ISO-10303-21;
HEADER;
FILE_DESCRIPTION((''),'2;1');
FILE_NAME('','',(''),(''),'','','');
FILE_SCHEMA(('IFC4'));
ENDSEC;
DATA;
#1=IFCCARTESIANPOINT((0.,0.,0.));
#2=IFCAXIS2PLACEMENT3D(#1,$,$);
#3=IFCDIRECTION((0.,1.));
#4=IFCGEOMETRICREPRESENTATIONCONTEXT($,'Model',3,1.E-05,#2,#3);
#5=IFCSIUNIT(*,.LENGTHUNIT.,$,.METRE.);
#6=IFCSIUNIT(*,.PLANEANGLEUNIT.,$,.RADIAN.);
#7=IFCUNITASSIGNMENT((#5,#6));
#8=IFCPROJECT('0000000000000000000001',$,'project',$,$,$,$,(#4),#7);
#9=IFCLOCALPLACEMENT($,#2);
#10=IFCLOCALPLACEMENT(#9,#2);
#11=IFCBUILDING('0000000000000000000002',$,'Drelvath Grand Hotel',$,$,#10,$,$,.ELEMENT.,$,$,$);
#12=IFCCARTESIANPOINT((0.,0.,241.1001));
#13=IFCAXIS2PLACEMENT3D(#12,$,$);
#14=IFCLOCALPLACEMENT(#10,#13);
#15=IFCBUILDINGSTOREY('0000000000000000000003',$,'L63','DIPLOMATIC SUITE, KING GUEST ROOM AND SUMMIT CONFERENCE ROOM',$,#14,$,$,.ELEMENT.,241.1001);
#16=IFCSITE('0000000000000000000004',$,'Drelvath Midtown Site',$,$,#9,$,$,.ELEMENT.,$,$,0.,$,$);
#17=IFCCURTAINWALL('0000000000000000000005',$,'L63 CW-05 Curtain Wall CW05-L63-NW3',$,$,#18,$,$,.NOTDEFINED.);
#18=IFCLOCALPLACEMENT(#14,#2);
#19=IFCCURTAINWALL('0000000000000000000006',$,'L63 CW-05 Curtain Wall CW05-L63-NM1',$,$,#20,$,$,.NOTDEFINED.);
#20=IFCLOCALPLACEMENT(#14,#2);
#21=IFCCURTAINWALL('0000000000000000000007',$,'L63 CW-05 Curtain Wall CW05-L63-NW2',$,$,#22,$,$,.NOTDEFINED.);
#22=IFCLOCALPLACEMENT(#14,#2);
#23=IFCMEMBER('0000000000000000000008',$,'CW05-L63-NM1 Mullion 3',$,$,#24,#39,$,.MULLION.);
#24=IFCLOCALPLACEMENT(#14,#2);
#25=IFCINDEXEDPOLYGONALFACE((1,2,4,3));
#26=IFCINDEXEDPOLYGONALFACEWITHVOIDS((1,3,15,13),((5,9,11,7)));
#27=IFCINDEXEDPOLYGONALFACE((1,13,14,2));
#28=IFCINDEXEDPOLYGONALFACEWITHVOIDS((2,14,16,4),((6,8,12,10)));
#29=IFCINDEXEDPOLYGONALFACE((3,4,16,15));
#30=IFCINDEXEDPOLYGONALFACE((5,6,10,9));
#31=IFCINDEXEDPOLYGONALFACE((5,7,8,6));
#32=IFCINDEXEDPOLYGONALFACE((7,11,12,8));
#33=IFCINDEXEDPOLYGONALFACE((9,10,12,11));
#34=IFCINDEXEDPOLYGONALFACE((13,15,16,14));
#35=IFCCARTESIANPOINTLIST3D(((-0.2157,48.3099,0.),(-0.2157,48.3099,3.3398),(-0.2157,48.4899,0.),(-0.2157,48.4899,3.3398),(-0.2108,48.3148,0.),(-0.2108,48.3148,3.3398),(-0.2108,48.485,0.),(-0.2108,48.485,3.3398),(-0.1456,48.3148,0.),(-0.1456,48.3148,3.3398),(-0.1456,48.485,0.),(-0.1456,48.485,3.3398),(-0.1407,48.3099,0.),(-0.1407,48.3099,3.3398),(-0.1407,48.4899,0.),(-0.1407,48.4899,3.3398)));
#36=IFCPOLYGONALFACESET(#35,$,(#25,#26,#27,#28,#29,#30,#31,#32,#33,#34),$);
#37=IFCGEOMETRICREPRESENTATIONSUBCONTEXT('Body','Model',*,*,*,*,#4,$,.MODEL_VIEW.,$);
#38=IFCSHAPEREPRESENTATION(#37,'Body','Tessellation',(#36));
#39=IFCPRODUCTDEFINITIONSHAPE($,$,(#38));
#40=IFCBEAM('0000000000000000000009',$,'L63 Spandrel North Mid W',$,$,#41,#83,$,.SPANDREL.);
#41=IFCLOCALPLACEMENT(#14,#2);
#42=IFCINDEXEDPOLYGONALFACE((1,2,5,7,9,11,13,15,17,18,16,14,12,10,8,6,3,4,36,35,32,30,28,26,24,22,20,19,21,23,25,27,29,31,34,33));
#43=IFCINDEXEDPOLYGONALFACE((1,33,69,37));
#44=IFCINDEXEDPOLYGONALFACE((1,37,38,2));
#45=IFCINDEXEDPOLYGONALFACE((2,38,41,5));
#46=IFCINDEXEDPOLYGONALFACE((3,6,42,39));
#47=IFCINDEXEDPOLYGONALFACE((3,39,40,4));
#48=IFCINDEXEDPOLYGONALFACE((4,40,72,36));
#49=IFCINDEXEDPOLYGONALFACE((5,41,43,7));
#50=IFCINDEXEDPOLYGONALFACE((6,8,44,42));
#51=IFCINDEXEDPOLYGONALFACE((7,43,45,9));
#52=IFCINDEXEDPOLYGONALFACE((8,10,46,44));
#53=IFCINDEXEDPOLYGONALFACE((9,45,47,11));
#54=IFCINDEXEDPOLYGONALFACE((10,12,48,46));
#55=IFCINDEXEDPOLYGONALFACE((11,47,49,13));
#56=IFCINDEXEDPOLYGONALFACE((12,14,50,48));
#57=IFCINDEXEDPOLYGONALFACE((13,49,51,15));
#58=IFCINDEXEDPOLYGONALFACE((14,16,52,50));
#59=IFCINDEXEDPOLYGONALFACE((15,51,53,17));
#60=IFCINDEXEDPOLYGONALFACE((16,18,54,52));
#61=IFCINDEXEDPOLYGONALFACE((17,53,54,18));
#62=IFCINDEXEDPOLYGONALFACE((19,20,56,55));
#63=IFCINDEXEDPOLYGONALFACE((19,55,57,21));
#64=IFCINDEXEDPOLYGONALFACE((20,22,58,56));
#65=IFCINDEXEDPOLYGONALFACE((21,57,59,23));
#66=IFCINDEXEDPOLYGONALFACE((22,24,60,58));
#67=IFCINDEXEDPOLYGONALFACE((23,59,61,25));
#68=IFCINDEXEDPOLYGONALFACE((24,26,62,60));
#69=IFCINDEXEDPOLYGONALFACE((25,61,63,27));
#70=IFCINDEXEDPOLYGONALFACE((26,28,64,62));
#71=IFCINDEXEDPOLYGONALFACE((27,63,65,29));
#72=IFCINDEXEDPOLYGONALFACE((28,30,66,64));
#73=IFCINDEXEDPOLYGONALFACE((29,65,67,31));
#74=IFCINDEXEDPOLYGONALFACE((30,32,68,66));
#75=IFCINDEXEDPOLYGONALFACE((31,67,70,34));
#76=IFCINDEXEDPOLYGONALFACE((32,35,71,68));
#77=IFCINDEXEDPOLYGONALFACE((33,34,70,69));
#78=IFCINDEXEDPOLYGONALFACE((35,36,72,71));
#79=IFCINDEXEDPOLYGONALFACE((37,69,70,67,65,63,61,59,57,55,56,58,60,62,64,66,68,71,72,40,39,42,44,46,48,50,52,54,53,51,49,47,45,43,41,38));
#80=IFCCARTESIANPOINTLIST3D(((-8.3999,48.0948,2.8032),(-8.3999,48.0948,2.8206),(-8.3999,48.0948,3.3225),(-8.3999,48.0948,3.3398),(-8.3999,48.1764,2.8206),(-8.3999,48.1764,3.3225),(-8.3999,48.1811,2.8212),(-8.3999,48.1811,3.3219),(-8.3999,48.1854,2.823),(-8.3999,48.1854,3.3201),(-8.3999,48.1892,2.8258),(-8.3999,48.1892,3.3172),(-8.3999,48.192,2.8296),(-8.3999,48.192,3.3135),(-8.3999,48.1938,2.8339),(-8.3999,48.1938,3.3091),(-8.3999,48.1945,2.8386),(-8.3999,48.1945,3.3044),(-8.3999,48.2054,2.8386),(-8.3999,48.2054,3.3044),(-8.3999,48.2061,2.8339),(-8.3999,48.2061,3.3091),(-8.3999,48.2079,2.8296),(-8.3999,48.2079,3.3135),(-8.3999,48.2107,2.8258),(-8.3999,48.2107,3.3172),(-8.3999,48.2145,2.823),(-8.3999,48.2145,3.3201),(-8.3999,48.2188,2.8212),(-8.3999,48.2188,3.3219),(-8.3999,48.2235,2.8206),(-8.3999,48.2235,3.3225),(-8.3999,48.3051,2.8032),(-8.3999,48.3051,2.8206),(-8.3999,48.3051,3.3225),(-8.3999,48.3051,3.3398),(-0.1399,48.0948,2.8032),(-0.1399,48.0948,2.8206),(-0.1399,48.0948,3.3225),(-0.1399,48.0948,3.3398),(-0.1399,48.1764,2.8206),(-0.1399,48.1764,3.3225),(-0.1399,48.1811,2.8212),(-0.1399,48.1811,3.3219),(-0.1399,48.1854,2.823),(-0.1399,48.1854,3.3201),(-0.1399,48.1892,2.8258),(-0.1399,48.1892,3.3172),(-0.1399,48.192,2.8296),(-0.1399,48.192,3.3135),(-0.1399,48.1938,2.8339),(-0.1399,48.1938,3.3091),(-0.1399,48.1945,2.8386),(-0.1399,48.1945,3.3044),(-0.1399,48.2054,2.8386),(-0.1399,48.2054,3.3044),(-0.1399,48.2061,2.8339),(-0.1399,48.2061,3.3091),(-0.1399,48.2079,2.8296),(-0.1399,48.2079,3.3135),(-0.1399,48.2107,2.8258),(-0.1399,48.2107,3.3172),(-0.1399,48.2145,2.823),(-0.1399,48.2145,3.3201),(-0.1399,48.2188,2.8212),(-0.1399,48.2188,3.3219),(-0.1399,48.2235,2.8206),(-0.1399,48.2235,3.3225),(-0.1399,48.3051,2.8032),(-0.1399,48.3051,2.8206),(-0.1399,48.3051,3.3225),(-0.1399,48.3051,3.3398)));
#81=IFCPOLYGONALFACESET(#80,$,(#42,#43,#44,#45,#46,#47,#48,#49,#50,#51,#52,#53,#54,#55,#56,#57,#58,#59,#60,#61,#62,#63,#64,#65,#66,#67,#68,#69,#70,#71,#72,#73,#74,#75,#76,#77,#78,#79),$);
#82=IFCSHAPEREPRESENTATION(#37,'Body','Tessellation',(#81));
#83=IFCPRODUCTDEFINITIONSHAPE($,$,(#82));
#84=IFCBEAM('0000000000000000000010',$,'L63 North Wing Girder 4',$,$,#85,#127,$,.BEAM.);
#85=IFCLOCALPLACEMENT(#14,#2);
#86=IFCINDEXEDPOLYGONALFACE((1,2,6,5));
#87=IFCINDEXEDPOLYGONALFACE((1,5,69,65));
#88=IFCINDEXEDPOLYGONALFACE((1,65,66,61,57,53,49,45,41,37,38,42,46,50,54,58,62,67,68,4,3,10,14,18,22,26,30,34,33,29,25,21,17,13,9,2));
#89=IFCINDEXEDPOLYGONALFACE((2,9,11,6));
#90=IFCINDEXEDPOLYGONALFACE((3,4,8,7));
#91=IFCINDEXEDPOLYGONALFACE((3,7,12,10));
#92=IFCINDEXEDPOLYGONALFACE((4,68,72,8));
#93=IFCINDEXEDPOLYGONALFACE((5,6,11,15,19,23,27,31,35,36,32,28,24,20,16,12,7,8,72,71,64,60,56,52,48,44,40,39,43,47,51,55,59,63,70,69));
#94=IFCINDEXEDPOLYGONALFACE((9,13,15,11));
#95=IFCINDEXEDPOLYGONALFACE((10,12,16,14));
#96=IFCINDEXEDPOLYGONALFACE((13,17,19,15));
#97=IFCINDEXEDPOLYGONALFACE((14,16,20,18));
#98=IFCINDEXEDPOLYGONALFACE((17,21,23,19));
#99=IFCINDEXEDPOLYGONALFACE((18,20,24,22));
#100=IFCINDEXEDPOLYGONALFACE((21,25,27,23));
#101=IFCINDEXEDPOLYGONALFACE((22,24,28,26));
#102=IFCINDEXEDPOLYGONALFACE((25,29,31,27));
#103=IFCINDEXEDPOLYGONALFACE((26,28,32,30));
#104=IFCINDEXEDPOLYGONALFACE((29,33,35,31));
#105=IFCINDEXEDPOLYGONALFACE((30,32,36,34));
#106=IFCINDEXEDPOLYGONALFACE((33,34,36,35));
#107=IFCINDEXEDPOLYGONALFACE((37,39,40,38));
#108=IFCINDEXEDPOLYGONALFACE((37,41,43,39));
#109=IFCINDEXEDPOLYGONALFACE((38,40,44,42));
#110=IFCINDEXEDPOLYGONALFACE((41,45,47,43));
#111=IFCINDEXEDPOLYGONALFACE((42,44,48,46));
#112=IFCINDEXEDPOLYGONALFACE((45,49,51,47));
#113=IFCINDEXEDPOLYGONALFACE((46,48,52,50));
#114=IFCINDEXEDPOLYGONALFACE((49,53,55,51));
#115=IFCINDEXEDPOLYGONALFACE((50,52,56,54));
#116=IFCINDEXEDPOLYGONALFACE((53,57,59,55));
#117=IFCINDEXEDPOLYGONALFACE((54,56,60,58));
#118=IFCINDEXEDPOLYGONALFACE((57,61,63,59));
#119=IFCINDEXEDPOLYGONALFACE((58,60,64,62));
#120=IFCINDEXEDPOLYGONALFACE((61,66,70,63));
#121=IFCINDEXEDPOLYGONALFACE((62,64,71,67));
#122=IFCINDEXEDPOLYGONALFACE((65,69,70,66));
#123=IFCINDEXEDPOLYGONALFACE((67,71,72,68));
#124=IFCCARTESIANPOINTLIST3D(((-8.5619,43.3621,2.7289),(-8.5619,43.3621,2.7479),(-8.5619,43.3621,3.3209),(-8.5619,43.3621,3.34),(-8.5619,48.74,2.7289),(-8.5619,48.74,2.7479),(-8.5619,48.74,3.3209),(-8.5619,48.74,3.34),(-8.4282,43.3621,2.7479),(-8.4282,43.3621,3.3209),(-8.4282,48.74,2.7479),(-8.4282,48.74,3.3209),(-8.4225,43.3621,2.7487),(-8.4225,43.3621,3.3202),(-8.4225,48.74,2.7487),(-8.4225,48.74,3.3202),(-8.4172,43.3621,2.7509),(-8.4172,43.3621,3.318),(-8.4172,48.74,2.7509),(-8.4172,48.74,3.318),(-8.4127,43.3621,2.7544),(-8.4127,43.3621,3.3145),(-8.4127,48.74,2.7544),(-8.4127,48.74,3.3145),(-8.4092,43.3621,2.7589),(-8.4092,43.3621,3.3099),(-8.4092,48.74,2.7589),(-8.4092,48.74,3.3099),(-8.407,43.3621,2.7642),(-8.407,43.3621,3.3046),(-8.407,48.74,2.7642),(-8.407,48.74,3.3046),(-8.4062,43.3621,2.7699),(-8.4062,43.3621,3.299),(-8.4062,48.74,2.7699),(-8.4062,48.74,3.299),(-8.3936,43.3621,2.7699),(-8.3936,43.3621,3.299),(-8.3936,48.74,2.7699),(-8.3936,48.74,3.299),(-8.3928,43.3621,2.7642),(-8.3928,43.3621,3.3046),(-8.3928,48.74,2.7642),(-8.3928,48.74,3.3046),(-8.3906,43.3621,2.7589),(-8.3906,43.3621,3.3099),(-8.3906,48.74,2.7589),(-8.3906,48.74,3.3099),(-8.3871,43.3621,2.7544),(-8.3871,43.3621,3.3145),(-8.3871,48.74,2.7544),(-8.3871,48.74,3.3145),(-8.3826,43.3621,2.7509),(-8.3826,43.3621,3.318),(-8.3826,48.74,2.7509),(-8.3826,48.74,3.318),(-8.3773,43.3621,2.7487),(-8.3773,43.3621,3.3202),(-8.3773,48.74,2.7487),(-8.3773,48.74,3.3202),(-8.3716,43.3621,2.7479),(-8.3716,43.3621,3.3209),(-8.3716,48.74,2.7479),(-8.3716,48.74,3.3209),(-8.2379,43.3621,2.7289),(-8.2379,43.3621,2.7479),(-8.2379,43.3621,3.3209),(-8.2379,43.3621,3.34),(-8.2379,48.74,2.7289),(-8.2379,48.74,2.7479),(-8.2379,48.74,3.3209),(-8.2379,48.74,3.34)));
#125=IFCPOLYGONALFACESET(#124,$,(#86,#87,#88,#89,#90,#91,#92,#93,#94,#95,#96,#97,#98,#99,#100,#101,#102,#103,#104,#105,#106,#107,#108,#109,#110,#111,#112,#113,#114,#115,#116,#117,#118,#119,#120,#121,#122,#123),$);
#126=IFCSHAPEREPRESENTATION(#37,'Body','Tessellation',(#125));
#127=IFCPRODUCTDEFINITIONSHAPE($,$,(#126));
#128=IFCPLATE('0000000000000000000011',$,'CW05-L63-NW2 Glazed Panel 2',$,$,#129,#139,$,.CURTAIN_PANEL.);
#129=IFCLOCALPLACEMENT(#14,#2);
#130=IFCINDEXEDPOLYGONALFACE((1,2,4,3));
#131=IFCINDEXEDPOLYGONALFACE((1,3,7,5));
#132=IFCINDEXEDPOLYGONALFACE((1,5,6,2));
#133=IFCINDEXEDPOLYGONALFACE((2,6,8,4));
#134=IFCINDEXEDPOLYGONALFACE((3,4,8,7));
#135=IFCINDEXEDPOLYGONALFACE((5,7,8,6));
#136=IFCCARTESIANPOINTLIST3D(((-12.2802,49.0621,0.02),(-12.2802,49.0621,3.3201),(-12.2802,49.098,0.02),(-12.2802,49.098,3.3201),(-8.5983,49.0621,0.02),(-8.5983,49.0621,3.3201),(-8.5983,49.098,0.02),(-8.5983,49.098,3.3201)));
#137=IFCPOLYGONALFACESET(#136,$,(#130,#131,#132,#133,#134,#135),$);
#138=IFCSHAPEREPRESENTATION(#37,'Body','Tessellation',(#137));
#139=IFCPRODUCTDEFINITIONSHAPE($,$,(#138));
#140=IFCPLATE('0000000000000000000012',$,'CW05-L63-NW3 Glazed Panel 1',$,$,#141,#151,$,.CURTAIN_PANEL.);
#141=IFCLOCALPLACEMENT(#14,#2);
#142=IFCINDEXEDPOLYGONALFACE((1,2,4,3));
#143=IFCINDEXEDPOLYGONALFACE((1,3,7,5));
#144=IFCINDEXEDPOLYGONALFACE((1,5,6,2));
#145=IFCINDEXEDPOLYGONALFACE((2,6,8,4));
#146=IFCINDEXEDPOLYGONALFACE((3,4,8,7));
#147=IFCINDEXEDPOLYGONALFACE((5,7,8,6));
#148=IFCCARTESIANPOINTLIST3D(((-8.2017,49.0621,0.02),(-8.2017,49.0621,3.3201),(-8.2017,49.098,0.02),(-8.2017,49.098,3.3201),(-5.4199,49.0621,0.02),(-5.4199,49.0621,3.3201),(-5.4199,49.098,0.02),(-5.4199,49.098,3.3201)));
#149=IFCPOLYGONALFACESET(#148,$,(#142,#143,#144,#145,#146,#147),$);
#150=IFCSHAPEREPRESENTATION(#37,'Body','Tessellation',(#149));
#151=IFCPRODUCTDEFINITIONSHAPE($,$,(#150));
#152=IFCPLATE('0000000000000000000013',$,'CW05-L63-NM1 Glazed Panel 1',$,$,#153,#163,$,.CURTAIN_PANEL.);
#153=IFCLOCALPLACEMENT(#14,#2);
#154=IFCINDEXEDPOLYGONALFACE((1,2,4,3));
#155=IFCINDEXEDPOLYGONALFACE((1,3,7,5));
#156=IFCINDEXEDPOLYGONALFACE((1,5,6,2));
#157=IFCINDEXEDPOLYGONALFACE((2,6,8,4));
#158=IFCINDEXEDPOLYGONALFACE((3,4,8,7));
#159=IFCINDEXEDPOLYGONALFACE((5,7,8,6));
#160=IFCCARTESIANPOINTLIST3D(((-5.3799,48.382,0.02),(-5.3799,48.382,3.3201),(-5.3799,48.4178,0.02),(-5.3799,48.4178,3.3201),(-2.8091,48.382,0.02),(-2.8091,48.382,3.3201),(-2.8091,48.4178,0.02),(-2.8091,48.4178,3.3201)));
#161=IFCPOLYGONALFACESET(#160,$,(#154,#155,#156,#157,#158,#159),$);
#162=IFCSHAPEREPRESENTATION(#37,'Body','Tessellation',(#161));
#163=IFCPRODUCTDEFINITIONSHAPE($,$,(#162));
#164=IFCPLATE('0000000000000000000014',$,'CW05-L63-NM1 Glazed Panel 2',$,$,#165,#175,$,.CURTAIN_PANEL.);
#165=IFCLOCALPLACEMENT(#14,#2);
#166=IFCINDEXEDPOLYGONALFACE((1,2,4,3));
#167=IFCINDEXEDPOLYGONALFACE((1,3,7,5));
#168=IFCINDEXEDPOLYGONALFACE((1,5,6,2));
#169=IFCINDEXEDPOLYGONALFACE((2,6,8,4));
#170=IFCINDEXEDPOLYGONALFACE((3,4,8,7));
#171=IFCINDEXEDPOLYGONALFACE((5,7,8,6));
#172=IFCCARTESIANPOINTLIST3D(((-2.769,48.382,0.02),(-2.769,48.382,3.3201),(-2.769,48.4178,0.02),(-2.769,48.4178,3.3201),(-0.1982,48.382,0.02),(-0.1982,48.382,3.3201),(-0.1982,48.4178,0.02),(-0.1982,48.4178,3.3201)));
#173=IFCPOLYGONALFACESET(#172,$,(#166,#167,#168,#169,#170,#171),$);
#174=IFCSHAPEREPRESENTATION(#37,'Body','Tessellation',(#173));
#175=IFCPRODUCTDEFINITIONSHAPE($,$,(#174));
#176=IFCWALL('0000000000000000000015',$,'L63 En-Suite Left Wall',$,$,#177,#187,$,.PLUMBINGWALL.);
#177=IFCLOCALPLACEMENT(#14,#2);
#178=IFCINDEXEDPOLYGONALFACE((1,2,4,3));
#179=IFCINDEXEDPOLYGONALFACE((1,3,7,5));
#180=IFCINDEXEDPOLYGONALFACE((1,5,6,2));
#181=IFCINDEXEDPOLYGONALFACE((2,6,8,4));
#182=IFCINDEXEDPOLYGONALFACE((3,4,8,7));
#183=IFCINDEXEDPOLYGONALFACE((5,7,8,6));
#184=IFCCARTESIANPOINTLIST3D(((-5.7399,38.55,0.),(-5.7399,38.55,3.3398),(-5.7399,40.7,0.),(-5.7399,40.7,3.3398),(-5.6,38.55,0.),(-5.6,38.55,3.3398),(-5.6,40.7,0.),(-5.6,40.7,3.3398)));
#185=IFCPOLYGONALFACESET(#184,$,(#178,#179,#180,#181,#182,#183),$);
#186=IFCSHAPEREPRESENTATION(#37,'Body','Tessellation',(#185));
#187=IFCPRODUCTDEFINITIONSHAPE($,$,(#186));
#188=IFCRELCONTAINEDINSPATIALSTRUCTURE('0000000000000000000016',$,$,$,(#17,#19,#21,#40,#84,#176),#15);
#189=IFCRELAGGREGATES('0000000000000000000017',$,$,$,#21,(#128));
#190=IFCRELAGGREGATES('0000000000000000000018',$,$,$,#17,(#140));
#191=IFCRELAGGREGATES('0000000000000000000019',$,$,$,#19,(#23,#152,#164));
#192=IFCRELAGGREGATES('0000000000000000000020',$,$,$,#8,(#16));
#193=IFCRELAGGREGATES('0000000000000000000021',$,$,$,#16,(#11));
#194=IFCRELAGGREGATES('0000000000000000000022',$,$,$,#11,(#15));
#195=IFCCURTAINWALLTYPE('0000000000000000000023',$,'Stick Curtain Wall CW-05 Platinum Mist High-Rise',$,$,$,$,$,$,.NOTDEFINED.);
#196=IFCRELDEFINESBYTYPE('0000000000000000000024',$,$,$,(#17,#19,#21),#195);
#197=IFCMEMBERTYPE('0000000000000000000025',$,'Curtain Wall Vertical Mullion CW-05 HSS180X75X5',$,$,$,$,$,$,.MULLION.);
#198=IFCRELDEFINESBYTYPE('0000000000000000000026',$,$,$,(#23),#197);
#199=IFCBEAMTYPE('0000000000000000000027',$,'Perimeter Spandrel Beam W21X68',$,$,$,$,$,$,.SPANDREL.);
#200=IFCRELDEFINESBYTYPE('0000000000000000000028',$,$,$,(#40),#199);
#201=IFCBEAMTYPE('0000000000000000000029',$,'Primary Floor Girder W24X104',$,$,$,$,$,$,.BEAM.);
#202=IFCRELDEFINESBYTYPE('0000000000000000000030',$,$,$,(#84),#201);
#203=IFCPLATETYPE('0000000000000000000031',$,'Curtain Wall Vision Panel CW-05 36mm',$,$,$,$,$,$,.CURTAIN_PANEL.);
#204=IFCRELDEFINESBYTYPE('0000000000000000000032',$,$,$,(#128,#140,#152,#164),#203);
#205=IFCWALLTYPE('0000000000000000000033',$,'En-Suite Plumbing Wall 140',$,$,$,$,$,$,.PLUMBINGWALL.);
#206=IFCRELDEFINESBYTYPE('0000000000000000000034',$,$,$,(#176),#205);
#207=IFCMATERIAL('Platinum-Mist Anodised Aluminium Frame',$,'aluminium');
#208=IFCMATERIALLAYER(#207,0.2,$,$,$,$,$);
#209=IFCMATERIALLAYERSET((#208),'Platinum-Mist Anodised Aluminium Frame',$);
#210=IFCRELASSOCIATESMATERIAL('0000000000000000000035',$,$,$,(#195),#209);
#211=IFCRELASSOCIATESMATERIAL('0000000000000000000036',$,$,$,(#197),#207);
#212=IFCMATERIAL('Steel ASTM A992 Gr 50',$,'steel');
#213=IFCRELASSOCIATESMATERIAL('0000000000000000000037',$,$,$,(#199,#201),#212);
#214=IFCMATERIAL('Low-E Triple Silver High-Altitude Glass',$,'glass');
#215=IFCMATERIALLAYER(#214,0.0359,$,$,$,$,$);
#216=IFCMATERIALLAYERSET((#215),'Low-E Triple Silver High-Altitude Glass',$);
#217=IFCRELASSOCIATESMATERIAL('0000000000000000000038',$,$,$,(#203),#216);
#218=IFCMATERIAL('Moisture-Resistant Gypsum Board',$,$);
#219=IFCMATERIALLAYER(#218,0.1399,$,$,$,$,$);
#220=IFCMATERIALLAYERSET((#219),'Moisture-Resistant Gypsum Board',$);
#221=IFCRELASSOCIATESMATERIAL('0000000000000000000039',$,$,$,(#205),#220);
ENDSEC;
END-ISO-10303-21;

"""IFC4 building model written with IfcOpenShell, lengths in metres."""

from ifc_helpers import new_model, si_unit, direction, frame, frame_2d, origin, origin_2d, place, context, subcontext, project, spatial, rectangle, hollow_rectangle, i_section, extrude, material, layer, layer_set, material_profile, profile_set, type_object, element, aggregate, save


model = new_model("IFC4")

# Units and contexts
model_context = context("Model", 3, precision=1e-05, world=origin(), true_north=direction((0.0, 1.0)))
body_context = subcontext(model_context, "Body", "Model", "MODEL_VIEW")
ifc_project = project(units=[si_unit("LENGTHUNIT", "METRE"), si_unit("PLANEANGLEUNIT", "RADIAN")], contexts=[model_context])

# Site, building, storey
site_placement = place(None, origin())
site = spatial("IfcSite", under=ifc_project, at=site_placement, Name="Drelvath Midtown Site", CompositionType="ELEMENT", RefElevation=0.0)
building_placement = place(site_placement, origin())
building = spatial("IfcBuilding", under=site, at=building_placement, Name="Drelvath Grand Hotel", CompositionType="ELEMENT")
storey_placement = place(building_placement, frame((0.0, 0.0, 241.1001)))
storey = spatial("IfcBuildingStorey", under=building, at=storey_placement, Name="L63", Description="DIPLOMATIC SUITE, KING GUEST ROOM AND SUMMIT CONFERENCE ROOM", CompositionType="ELEMENT", Elevation=241.1001)

# Curtain walls
ifc_material_1 = material(Name="Platinum-Mist Anodised Aluminium Frame", Category="aluminium")
ifc_layer_1 = layer(ifc_material_1, 0.2)
ifc_layer_set_1 = layer_set([ifc_layer_1], Name="Platinum-Mist Anodised Aluminium Frame")
curtain_wall_type = type_object("IfcCurtainWallType", Name="Stick Curtain Wall CW-05 Platinum Mist High-Rise", PredefinedType="NOTDEFINED", material=ifc_layer_set_1)
curtain_wall_1_placement = place(storey_placement, origin())
curtain_wall_1 = element("IfcCurtainWall", 1, at=curtain_wall_1_placement, inside=storey, type_object=curtain_wall_type, Name="L63 CW-05 Curtain Wall CW05-L63-NW3", PredefinedType="NOTDEFINED")
curtain_wall_2_placement = place(storey_placement, origin())
curtain_wall_2 = element("IfcCurtainWall", 2, at=curtain_wall_2_placement, inside=storey, type_object=curtain_wall_type, Name="L63 CW-05 Curtain Wall CW05-L63-NM1", PredefinedType="NOTDEFINED")

# Curtain wall
curtain_wall_3_placement = place(storey_placement, origin())
curtain_wall_3 = element("IfcCurtainWall", 3, at=curtain_wall_3_placement, inside=storey, type_object=curtain_wall_type, Name="L63 CW-05 Curtain Wall CW05-L63-NW2", PredefinedType="NOTDEFINED")
ifc_material_profile_1 = material_profile(ifc_material_1, hollow_rectangle(XDim=0.075, YDim=0.1799, WallThickness=0.0049, at=origin_2d()), Name="HSS180X75X5")
ifc_profile_set_1 = profile_set([ifc_material_profile_1], Name="Platinum-Mist Anodised Aluminium Frame")
member_type_1 = type_object("IfcMemberType", Name="Curtain Wall Vertical Mullion CW-05 HSS180X75X5", PredefinedType="MULLION", material=ifc_profile_set_1)

# Member
member_1_placement = place(storey_placement, frame((-0.1782, 48.3999, 0.0), z_axis=(0.0, 0.0, 1.0), x_axis=(1.0, 0.0, 0.0)))
member_1 = element("IfcMember", 4, at=member_1_placement, type_object=member_type_1, Name="CW05-L63-NM1 Mullion 3", PredefinedType="MULLION", context=body_context, shape_type="SweptSolid", body=[
    extrude(hollow_rectangle(XDim=0.075, YDim=0.1799, WallThickness=0.0049, at=origin_2d()), origin(), (0.0, 0.0, 1.0), 3.3398),
])

# Beams
ifc_material_2 = material(Name="Steel ASTM A992 Gr 50", Category="steel")
ifc_material_profile_2 = material_profile(ifc_material_2, i_section(OverallWidth=0.2102, OverallDepth=0.5366, WebThickness=0.011, FlangeThickness=0.0173, FilletRadius=0.0181, at=origin_2d()), Name="W21X68")
ifc_profile_set_2 = profile_set([ifc_material_profile_2], Name="Steel ASTM A992 Gr 50")
beam_type_1 = type_object("IfcBeamType", Name="Perimeter Spandrel Beam W21X68", PredefinedType="SPANDREL", material=ifc_profile_set_2)
beam_1_placement = place(storey_placement, frame((-8.3999, 48.2, 3.0715), z_axis=(1.0, 0.0, 0.0), x_axis=(0.0, 1.0, 0.0)))
element("IfcBeam", 5, at=beam_1_placement, inside=storey, type_object=beam_type_1, Name="L63 Spandrel North Mid W", PredefinedType="SPANDREL", context=body_context, shape_type="SweptSolid", body=[
    extrude(i_section(OverallWidth=0.2102, OverallDepth=0.5366, WebThickness=0.011, FlangeThickness=0.0173, FilletRadius=0.0181, at=origin_2d()), origin(), (0.0, 0.0, 1.0), 8.26),
])
ifc_material_profile_3 = material_profile(ifc_material_2, i_section(OverallWidth=0.324, OverallDepth=0.6111, WebThickness=0.0127, FlangeThickness=0.019, FilletRadius=0.022, at=origin_2d()), Name="W24X104")
ifc_profile_set_3 = profile_set([ifc_material_profile_3], Name="Steel ASTM A992 Gr 50")
beam_type_2 = type_object("IfcBeamType", Name="Primary Floor Girder W24X104", PredefinedType="BEAM", material=ifc_profile_set_3)
beam_2_placement = place(storey_placement, frame((-8.3999, 43.3621, 3.0344), z_axis=(0.0, 1.0, 0.0), x_axis=(-1.0, 0.0, 0.0)))
element("IfcBeam", 6, at=beam_2_placement, inside=storey, type_object=beam_type_2, Name="L63 North Wing Girder 4", PredefinedType="BEAM", context=body_context, shape_type="SweptSolid", body=[
    extrude(i_section(OverallWidth=0.324, OverallDepth=0.6111, WebThickness=0.0127, FlangeThickness=0.019, FilletRadius=0.022, at=origin_2d()), origin(), (0.0, 0.0, 1.0), 5.3779),
])

# Plates
ifc_material_3 = material(Name="Low-E Triple Silver High-Altitude Glass", Category="glass")
ifc_layer_2 = layer(ifc_material_3, 0.0359)
ifc_layer_set_2 = layer_set([ifc_layer_2], Name="Low-E Triple Silver High-Altitude Glass")
plate_type = type_object("IfcPlateType", Name="Curtain Wall Vision Panel CW-05 36mm", PredefinedType="CURTAIN_PANEL", material=ifc_layer_set_2)
plate_1_placement = place(storey_placement, frame((-10.4392, 49.0801, 0.02), z_axis=(0.0, 0.0, 1.0), x_axis=(1.0, 0.0, 0.0)))
plate_1 = element("IfcPlate", 7, at=plate_1_placement, type_object=plate_type, Name="CW05-L63-NW2 Glazed Panel 2", PredefinedType="CURTAIN_PANEL", context=body_context, shape_type="SweptSolid", body=[
    extrude(rectangle(XDim=3.6819, YDim=0.0359, at=origin_2d()), origin(), (0.0, 0.0, 1.0), 3.3),
])
aggregate(curtain_wall_3, [plate_1])
plate_2_placement = place(storey_placement, frame((-6.8108, 49.0801, 0.02), z_axis=(0.0, 0.0, 1.0), x_axis=(1.0, 0.0, 0.0)))
plate_2 = element("IfcPlate", 8, at=plate_2_placement, type_object=plate_type, Name="CW05-L63-NW3 Glazed Panel 1", PredefinedType="CURTAIN_PANEL", context=body_context, shape_type="SweptSolid", body=[
    extrude(rectangle(XDim=2.7817, YDim=0.0359, at=origin_2d()), origin(), (0.0, 0.0, 1.0), 3.3),
])
aggregate(curtain_wall_1, [plate_2])
plate_3_placement = place(storey_placement, frame((-4.0945, 48.3999, 0.02), z_axis=(0.0, 0.0, 1.0), x_axis=(1.0, 0.0, 0.0)))
plate_3 = element("IfcPlate", 9, at=plate_3_placement, type_object=plate_type, Name="CW05-L63-NM1 Glazed Panel 1", PredefinedType="CURTAIN_PANEL", context=body_context, shape_type="SweptSolid", body=[
    extrude(rectangle(XDim=2.5708, YDim=0.0359, at=origin_2d()), origin(), (0.0, 0.0, 1.0), 3.3),
])
plate_4_placement = place(storey_placement, frame((-1.4836, 48.3999, 0.02), z_axis=(0.0, 0.0, 1.0), x_axis=(1.0, 0.0, 0.0)))
plate_4 = element("IfcPlate", 10, at=plate_4_placement, type_object=plate_type, Name="CW05-L63-NM1 Glazed Panel 2", PredefinedType="CURTAIN_PANEL", context=body_context, shape_type="SweptSolid", body=[
    extrude(rectangle(XDim=2.5708, YDim=0.0359, at=origin_2d()), origin(), (0.0, 0.0, 1.0), 3.3),
])
aggregate(curtain_wall_2, [member_1, plate_3, plate_4])

# Wall
ifc_material_4 = material(Name="Moisture-Resistant Gypsum Board")
ifc_layer_3 = layer(ifc_material_4, 0.1399)
ifc_layer_set_3 = layer_set([ifc_layer_3], Name="Moisture-Resistant Gypsum Board")
wall_type_1 = type_object("IfcWallType", Name="En-Suite Plumbing Wall 140", PredefinedType="PLUMBINGWALL", material=ifc_layer_set_3)
for number, where, z_axis, x_axis, name in (
    (11, (-5.6699, 38.55, 0.0), (0.0, 0.0, 1.0), (0.0, 1.0, 0.0), "L63 En-Suite Left Wall"),
):
    element("IfcWall", number, at=place(storey_placement, frame(where, z_axis=z_axis, x_axis=x_axis)), inside=storey, type_object=wall_type_1, Name=name, PredefinedType="PLUMBINGWALL", context=body_context, shape_type="SweptSolid", body=[
        extrude(rectangle(XDim=2.1499, YDim=0.1399, at=frame_2d((1.075, 0.0))), origin(), (0.0, 0.0, 1.0), 3.3398),
    ])

save(model, "model.ifc")
